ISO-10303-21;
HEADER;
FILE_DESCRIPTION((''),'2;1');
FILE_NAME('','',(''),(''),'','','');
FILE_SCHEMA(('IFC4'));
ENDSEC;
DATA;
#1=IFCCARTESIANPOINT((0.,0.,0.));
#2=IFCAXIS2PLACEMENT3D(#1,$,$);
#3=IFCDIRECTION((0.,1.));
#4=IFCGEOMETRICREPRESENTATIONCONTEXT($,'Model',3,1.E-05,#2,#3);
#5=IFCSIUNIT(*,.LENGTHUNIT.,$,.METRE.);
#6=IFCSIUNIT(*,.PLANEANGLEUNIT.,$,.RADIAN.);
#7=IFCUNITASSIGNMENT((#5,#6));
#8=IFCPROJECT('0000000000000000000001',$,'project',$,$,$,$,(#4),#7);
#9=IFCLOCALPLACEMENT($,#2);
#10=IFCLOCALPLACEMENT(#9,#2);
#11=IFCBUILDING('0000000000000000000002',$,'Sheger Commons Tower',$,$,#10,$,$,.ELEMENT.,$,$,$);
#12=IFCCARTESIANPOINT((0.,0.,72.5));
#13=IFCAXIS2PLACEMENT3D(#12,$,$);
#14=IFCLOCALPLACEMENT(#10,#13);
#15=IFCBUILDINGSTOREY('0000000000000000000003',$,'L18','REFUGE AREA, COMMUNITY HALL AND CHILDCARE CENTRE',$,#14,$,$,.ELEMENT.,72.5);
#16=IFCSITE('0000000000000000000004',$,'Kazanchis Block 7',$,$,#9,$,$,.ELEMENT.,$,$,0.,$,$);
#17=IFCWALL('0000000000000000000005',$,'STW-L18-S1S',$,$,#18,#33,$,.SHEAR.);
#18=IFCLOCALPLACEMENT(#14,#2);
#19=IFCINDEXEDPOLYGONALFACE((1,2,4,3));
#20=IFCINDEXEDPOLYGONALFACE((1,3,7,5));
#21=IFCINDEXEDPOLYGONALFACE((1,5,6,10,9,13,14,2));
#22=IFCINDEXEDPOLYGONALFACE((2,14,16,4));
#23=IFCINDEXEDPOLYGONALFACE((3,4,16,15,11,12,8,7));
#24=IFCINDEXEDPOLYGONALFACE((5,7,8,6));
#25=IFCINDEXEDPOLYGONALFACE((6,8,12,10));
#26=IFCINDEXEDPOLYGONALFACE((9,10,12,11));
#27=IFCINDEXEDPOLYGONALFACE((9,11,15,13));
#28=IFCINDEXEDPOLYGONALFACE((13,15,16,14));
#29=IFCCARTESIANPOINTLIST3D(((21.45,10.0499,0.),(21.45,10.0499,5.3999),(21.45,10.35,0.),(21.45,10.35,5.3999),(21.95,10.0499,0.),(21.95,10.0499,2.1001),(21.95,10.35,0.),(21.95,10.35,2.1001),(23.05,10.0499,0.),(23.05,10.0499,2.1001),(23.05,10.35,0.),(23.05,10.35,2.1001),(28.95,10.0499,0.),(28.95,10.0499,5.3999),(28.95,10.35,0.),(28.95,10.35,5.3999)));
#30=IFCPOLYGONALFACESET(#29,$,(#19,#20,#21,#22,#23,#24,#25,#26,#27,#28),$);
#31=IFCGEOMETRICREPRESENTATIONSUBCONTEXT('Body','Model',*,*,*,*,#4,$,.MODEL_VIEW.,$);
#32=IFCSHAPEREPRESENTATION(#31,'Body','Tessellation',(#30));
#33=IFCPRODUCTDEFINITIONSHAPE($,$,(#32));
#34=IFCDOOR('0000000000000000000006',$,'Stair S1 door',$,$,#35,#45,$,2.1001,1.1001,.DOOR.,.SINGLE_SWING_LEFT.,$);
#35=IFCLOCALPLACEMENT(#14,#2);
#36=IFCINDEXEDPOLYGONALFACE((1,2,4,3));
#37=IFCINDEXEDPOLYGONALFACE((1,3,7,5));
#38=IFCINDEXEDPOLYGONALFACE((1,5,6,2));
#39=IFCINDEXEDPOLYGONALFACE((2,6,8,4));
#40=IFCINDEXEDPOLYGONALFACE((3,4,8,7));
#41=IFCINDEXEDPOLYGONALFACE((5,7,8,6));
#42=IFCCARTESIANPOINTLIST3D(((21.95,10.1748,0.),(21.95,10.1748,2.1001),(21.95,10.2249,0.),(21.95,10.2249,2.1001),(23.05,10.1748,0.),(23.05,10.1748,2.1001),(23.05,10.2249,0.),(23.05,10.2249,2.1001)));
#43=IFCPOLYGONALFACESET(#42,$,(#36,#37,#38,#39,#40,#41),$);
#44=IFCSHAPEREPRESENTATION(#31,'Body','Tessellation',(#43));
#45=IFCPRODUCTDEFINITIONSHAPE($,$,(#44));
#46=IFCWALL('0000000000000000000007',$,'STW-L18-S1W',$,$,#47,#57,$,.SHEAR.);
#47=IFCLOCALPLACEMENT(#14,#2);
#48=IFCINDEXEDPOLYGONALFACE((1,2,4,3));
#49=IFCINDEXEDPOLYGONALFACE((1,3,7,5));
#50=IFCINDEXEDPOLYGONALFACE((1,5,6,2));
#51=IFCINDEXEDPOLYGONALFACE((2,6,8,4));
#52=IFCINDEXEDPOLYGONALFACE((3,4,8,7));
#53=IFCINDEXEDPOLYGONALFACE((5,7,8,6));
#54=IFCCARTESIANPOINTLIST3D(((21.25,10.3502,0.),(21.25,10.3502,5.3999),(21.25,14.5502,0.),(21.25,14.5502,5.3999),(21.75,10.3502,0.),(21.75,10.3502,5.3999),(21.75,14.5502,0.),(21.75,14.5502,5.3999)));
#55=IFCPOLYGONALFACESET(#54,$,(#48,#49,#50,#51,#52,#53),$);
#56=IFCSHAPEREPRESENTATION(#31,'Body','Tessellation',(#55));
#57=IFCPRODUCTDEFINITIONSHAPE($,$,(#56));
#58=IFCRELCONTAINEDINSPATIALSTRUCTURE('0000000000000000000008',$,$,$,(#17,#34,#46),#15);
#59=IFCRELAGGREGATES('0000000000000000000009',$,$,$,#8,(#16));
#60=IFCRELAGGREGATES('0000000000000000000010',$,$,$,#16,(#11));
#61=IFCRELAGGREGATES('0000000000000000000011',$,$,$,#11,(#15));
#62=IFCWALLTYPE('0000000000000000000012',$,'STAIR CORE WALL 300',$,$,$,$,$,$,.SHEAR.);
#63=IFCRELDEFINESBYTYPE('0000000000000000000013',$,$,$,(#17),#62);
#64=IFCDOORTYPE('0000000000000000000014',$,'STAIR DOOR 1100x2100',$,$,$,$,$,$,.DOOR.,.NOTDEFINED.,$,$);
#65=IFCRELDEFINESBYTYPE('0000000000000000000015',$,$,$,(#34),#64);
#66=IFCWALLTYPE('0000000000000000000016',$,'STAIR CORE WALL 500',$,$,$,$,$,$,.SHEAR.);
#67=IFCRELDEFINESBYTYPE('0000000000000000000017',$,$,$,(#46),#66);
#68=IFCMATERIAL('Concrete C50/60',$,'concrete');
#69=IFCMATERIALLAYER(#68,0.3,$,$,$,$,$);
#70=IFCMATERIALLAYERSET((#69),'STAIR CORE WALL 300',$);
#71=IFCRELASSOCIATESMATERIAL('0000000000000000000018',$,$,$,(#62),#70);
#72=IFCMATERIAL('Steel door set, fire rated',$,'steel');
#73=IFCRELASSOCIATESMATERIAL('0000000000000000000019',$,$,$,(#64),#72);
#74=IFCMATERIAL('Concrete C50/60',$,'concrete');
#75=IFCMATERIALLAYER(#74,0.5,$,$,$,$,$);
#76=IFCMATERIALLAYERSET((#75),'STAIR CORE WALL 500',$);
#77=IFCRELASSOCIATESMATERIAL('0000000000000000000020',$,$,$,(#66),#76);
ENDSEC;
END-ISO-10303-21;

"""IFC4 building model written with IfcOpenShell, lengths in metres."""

from ifc_helpers import new_model, si_unit, direction, frame, frame_2d, origin, place, context, subcontext, project, spatial, rectangle, extrude, material, layer, layer_set, type_object, element, fill, save


model = new_model("IFC4")

# Units and contexts
model_context = context("Model", 3, precision=1e-05, world=origin(), true_north=direction((0.0, 1.0)))
body_context = subcontext(model_context, "Body", "Model", "MODEL_VIEW")
ifc_project = project(units=[si_unit("LENGTHUNIT", "METRE"), si_unit("PLANEANGLEUNIT", "RADIAN")], contexts=[model_context])

# Site, building, storey
site_placement = place(None, origin())
site = spatial("IfcSite", under=ifc_project, at=site_placement, Name="Kazanchis Block 7", CompositionType="ELEMENT", RefElevation=0.0)
building_placement = place(site_placement, origin())
building = spatial("IfcBuilding", under=site, at=building_placement, Name="Sheger Commons Tower", CompositionType="ELEMENT")
storey_placement = place(building_placement, frame((0.0, 0.0, 72.5)))
storey = spatial("IfcBuildingStorey", under=building, at=storey_placement, Name="L18", Description="REFUGE AREA, COMMUNITY HALL AND CHILDCARE CENTRE", CompositionType="ELEMENT", Elevation=72.5)

# Wall, opening, door
ifc_material_1 = material(Name="Concrete C50/60", Category="concrete")
ifc_layer_1 = layer(ifc_material_1, 0.3)
ifc_layer_set_1 = layer_set([ifc_layer_1], Name="STAIR CORE WALL 300")
wall_type_1 = type_object("IfcWallType", Name="STAIR CORE WALL 300", PredefinedType="SHEAR", material=ifc_layer_set_1)
wall_1_placement = place(storey_placement, frame((21.45, 10.2, 0.0), z_axis=(0.0, 0.0, 1.0), x_axis=(1.0, 0.0, 0.0)))
wall_1 = element("IfcWall", 1, at=wall_1_placement, inside=storey, type_object=wall_type_1, Name="STW-L18-S1S", PredefinedType="SHEAR", context=body_context, shape_type="SweptSolid", body=[
    extrude(rectangle(XDim=7.5, YDim=0.3, at=frame_2d((3.75, 0.0))), origin(), (0.0, 0.0, 1.0), 5.3999),
])
opening_1_placement = place(wall_1_placement, frame((0.5, 0.0, 0.0)))
opening_1 = element("IfcOpeningElement", 2, at=opening_1_placement, cuts=wall_1, PredefinedType="OPENING", context=body_context, shape_type="SweptSolid", body=[
    extrude(rectangle(XDim=1.1001, YDim=2.1001, at=frame_2d((0.55, 1.05))), frame((0.0, 0.1599, 0.0), z_axis=(0.0, -1.0, 0.0), x_axis=(1.0, 0.0, 0.0)), (0.0, 0.0, 1.0), 0.3201),
])
ifc_material_2 = material(Name="Steel door set, fire rated", Category="steel")
door_type_1 = type_object("IfcDoorType", Name="STAIR DOOR 1100x2100", OperationType="NOTDEFINED", PredefinedType="DOOR", material=ifc_material_2)
door_1_placement = place(opening_1_placement, origin())
door_1 = element("IfcDoor", 3, at=door_1_placement, inside=storey, type_object=door_type_1, Name="Stair S1 door", OperationType="SINGLE_SWING_LEFT", OverallHeight=2.1001, OverallWidth=1.1001, PredefinedType="DOOR", context=body_context, shape_type="SweptSolid", body=[
    extrude(rectangle(XDim=1.1001, YDim=2.1001, at=frame_2d((0.55, 1.05))), frame((0.0, 0.0249, 0.0), z_axis=(0.0, -1.0, 0.0), x_axis=(1.0, 0.0, 0.0)), (0.0, 0.0, 1.0), 0.05),
])
fill(opening_1, door_1)

# Wall
ifc_material_3 = material(Name="Concrete C50/60", Category="concrete")
ifc_layer_2 = layer(ifc_material_3, 0.5)
ifc_layer_set_2 = layer_set([ifc_layer_2], Name="STAIR CORE WALL 500")
wall_type_2 = type_object("IfcWallType", Name="STAIR CORE WALL 500", PredefinedType="SHEAR", material=ifc_layer_set_2)
wall_2_placement = place(storey_placement, frame((21.5, 10.3501, 0.0), z_axis=(0.0, 0.0, 1.0), x_axis=(0.0, 1.0, 0.0)))
element("IfcWall", 4, at=wall_2_placement, inside=storey, type_object=wall_type_2, Name="STW-L18-S1W", PredefinedType="SHEAR", context=body_context, shape_type="SweptSolid", body=[
    extrude(rectangle(XDim=4.2, YDim=0.5, at=frame_2d((2.1001, 0.0))), origin(), (0.0, 0.0, 1.0), 5.3999),
])

save(model, "model.ifc")
